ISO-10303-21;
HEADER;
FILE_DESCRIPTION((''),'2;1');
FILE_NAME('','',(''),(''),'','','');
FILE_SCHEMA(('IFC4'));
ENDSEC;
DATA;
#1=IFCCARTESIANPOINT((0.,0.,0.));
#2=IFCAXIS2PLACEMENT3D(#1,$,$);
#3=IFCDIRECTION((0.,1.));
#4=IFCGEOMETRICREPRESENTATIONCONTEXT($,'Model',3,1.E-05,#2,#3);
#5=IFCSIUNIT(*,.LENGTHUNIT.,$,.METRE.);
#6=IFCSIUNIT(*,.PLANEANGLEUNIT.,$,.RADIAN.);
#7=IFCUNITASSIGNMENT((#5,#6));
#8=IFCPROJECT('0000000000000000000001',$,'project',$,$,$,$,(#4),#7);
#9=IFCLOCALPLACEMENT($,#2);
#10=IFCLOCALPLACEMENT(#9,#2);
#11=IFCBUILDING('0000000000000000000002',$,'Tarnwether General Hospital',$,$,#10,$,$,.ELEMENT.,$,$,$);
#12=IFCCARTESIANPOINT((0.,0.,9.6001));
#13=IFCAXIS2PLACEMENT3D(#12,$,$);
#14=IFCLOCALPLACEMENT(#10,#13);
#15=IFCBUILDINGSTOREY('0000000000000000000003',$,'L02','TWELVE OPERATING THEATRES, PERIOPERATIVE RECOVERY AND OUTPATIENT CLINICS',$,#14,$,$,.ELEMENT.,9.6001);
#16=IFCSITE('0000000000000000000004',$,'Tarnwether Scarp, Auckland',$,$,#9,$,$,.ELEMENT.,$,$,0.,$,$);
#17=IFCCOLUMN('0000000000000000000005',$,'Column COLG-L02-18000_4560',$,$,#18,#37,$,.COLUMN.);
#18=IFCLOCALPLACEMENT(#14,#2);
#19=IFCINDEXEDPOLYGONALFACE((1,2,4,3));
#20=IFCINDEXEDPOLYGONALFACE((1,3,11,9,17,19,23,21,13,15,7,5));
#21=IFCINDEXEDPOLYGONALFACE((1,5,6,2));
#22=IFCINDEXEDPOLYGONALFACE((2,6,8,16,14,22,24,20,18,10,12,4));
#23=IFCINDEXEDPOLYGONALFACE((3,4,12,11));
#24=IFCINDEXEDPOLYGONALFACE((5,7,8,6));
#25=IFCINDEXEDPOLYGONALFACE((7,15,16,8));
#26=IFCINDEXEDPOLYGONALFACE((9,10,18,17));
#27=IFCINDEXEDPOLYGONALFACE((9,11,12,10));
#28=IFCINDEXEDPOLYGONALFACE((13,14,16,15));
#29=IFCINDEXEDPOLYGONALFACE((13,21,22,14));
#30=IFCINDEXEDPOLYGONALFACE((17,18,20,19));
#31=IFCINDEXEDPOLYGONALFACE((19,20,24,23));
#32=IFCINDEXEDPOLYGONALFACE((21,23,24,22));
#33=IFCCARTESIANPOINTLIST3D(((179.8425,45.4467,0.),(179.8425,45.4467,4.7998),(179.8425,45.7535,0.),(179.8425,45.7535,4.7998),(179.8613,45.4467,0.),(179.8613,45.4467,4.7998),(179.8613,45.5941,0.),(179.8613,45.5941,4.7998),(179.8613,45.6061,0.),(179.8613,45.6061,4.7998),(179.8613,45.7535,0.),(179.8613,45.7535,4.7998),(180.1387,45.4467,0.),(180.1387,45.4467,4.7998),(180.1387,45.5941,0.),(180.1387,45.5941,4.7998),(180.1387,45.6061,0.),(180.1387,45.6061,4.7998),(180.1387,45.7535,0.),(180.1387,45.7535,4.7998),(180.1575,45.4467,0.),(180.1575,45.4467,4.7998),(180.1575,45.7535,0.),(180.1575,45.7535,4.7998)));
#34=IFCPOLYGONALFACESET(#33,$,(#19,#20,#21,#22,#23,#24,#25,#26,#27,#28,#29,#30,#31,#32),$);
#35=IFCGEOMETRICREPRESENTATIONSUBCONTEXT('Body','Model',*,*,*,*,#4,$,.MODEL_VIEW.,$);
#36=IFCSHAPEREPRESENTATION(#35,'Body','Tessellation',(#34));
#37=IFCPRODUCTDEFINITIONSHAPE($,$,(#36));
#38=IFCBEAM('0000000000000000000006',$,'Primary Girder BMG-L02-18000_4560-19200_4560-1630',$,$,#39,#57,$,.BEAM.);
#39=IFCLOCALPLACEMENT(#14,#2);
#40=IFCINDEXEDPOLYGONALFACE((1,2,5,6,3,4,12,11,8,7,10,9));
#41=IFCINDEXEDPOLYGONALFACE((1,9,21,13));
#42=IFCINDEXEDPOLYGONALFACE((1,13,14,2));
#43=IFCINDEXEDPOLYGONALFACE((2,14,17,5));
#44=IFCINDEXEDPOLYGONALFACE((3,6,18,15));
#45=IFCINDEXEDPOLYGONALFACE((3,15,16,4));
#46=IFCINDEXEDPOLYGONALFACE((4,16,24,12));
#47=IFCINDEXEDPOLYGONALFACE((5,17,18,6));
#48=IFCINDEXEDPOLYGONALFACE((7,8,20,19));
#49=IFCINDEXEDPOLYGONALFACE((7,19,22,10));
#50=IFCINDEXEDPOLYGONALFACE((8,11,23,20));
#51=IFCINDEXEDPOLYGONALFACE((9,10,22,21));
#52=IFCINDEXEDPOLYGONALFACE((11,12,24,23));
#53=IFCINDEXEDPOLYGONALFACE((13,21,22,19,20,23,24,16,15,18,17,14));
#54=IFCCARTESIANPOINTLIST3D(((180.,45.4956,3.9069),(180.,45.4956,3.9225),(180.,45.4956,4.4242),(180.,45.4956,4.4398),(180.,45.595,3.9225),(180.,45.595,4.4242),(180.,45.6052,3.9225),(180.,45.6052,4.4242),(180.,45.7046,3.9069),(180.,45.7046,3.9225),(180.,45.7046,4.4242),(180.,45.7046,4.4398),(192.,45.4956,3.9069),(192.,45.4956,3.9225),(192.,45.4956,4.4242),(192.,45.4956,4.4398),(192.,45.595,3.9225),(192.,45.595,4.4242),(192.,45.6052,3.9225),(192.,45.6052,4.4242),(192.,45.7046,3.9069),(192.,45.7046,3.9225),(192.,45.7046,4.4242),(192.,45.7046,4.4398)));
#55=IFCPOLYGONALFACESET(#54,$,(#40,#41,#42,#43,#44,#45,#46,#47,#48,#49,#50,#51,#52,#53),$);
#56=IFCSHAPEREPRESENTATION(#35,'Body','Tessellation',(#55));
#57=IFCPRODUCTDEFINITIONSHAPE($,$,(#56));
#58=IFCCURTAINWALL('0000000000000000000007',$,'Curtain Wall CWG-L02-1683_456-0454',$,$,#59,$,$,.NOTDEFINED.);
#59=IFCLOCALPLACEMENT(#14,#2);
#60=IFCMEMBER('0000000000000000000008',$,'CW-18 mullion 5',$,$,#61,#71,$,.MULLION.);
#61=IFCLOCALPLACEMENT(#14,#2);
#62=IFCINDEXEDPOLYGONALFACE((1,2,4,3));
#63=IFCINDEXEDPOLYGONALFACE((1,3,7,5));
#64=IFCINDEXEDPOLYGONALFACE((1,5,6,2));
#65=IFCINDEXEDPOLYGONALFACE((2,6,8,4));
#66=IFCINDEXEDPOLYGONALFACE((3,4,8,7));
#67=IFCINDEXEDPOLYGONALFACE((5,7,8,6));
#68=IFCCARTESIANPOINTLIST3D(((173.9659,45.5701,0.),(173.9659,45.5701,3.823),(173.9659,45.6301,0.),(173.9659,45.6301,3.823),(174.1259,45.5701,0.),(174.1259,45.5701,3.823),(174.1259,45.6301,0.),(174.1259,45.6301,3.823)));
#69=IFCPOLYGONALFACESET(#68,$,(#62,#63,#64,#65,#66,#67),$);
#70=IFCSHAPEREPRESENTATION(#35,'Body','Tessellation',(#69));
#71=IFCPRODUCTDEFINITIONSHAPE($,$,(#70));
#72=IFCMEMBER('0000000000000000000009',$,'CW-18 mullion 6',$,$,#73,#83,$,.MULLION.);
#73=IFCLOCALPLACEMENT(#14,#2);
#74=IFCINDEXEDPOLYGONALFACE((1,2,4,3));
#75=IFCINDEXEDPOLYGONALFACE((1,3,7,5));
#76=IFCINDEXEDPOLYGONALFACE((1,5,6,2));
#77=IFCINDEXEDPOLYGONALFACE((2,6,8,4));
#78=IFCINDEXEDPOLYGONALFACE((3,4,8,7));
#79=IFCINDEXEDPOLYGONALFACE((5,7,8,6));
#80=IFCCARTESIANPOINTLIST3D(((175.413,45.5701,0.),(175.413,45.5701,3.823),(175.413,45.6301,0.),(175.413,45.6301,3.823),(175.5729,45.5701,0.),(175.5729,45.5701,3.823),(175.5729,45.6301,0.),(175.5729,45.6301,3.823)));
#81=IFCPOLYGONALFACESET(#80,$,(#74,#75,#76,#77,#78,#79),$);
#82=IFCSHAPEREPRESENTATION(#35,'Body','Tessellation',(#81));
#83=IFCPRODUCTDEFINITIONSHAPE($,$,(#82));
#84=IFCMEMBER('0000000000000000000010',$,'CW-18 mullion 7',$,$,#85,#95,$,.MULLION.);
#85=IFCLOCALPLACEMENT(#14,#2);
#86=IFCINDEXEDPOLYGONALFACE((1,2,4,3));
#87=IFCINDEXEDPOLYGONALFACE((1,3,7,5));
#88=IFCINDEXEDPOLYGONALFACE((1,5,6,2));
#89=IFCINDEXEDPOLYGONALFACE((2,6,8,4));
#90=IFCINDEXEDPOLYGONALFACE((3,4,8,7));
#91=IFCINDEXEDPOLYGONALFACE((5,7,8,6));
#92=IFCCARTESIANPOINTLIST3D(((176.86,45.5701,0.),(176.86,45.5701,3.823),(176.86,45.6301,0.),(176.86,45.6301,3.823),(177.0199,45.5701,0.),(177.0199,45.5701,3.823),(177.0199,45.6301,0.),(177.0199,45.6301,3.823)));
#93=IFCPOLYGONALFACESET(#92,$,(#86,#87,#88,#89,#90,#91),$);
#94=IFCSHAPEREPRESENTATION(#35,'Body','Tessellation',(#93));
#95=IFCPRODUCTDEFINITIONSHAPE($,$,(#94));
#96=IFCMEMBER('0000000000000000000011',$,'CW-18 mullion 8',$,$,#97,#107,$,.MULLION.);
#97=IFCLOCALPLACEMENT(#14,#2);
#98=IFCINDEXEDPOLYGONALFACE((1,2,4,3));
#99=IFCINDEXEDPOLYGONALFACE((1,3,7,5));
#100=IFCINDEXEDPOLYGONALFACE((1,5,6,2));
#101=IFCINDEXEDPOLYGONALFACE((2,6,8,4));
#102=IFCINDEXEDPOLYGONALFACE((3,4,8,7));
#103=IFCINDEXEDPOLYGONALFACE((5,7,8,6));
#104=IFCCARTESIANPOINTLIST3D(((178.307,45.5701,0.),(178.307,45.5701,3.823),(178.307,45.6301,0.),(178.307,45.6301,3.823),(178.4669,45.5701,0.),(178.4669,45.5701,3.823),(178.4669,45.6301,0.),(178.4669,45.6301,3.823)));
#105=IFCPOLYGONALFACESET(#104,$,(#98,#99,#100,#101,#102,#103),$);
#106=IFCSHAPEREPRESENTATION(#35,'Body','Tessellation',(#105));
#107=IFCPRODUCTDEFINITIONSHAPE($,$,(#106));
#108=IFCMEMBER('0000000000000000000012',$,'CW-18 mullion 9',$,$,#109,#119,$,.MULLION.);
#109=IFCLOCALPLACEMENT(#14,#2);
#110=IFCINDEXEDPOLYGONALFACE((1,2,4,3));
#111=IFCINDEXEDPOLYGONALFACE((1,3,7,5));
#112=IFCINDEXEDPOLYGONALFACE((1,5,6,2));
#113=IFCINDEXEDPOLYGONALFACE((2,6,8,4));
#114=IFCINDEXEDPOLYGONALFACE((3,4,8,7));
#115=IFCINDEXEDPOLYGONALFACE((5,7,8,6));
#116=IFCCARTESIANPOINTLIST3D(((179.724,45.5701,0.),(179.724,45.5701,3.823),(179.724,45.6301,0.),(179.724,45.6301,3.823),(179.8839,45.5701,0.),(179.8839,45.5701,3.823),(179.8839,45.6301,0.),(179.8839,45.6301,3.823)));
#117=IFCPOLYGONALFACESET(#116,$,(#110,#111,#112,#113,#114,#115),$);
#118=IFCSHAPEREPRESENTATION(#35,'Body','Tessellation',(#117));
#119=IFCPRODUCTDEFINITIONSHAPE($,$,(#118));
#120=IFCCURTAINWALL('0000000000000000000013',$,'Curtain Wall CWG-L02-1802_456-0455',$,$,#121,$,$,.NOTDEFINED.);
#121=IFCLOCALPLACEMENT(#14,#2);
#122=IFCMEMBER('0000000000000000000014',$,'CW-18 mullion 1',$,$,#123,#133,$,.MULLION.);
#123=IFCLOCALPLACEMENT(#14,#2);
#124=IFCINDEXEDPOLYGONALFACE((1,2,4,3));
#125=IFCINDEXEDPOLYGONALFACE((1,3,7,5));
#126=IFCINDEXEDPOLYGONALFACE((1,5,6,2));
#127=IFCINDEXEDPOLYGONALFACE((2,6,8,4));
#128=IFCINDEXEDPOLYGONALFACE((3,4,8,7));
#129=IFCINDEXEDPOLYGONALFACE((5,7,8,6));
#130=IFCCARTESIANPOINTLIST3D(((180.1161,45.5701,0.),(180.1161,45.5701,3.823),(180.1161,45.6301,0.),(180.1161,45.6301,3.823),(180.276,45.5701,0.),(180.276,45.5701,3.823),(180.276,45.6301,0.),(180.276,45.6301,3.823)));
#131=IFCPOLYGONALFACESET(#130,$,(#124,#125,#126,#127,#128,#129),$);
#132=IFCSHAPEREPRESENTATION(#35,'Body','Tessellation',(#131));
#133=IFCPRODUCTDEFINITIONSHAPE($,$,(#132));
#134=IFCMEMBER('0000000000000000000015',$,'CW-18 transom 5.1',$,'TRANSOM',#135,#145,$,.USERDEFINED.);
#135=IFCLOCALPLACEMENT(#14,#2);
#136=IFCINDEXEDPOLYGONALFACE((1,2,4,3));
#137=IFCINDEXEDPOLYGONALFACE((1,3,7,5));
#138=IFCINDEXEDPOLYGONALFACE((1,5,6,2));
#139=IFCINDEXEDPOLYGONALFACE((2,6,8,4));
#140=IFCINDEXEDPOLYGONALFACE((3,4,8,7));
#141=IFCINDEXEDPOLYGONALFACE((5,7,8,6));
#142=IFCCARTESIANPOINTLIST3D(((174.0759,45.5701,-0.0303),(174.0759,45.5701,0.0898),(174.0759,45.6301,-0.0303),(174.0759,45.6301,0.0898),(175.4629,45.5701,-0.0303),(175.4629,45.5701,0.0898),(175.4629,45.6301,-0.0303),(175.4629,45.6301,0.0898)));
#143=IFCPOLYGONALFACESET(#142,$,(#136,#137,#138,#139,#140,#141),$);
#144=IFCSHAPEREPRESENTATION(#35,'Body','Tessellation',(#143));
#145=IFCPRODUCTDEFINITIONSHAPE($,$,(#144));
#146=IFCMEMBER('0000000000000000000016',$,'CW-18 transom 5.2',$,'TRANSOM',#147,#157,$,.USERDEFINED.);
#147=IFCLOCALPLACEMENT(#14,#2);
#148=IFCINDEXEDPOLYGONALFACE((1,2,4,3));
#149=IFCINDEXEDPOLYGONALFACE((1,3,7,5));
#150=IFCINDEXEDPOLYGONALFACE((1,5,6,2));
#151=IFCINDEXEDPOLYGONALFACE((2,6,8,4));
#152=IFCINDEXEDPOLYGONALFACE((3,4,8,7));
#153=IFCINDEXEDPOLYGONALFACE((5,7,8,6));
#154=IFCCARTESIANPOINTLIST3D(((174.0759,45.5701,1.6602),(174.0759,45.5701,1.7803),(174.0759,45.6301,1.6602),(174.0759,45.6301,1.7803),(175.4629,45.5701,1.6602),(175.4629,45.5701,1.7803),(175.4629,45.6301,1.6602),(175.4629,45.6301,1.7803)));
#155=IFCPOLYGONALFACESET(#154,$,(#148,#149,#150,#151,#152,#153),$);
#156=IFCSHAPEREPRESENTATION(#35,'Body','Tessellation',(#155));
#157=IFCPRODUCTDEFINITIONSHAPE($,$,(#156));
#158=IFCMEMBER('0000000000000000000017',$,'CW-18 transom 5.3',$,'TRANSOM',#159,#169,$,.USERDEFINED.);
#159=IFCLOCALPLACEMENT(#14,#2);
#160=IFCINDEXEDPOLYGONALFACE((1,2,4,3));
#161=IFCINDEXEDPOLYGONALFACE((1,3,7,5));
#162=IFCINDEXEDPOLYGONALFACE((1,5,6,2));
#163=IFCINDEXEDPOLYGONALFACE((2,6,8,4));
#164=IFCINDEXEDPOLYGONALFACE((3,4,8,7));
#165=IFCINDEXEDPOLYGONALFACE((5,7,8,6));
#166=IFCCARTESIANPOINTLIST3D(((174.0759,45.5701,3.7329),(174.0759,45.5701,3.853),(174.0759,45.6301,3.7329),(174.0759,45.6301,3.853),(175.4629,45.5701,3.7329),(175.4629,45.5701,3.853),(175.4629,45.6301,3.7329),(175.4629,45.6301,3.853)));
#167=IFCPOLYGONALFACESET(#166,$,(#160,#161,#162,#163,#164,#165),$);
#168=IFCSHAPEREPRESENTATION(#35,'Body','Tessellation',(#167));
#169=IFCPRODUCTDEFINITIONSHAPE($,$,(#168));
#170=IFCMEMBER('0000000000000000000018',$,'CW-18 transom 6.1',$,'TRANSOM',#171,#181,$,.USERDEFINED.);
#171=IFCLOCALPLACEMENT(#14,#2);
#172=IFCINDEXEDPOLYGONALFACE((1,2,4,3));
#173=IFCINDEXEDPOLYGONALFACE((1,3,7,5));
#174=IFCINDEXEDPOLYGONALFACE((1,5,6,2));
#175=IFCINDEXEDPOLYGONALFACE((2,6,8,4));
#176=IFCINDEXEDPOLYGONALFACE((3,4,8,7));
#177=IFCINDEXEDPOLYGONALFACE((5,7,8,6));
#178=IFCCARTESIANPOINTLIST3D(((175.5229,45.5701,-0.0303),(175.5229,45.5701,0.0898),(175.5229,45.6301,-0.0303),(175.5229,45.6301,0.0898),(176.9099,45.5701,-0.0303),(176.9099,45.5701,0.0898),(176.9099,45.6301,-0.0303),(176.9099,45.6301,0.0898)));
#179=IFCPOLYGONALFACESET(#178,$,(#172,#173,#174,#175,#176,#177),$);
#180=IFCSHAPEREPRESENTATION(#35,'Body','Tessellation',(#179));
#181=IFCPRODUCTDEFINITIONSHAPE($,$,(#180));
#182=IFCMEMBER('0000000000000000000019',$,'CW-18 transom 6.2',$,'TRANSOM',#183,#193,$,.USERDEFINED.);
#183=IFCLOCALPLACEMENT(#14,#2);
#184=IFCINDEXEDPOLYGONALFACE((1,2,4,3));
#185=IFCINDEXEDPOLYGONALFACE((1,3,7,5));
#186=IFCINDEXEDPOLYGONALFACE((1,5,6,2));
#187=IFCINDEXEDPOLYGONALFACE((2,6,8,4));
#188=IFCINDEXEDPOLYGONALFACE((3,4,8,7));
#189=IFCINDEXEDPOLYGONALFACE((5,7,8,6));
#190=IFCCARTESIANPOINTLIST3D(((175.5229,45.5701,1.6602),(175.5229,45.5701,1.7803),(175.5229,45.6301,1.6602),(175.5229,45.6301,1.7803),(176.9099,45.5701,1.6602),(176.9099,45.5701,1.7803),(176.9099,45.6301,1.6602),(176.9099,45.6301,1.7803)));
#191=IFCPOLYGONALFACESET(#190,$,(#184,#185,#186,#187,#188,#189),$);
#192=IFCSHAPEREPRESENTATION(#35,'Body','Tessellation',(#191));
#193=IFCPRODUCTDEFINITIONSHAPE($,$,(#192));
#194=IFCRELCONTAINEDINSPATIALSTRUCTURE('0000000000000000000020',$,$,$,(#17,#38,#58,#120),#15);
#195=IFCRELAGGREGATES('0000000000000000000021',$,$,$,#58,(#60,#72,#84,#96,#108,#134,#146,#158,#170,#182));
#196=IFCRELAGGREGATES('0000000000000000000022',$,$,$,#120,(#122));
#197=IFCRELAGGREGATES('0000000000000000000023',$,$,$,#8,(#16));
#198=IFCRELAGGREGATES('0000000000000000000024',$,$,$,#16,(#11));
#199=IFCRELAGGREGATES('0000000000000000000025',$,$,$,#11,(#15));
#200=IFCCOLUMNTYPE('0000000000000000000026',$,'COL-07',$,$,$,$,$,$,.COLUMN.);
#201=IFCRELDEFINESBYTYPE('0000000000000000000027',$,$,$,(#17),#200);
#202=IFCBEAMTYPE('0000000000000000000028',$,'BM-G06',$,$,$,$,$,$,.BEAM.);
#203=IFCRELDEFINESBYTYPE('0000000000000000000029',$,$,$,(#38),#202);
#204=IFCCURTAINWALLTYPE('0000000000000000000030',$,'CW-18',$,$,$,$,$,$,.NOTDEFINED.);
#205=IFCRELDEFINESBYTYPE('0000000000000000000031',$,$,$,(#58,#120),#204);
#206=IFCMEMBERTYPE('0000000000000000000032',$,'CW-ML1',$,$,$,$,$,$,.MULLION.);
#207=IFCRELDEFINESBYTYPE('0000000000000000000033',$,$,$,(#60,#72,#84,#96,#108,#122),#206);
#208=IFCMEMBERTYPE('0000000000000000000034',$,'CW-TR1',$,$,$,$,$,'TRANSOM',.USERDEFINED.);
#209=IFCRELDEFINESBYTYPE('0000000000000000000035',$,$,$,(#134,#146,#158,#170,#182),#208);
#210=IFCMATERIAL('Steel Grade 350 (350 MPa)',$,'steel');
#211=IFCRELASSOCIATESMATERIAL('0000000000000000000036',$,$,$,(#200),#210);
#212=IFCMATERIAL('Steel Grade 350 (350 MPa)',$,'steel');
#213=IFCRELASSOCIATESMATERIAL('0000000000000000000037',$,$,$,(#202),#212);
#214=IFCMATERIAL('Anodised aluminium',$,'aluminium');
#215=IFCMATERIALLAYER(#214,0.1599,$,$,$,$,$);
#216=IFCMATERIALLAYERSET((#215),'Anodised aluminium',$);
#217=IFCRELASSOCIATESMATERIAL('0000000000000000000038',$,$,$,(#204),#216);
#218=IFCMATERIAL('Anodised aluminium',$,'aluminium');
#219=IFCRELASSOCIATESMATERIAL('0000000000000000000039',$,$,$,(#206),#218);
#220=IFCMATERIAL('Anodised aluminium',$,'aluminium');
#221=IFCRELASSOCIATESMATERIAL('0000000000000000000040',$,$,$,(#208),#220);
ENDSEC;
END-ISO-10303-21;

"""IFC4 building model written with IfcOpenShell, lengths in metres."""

from ifc_helpers import new_model, si_unit, direction, frame, origin, origin_2d, place, context, subcontext, project, spatial, rectangle, i_section, extrude, material, layer, layer_set, material_profile, profile_set, type_object, element, aggregate, save


model = new_model("IFC4")

# Units and contexts
model_context = context("Model", 3, precision=1e-05, world=origin(), true_north=direction((0.0, 1.0)))
body_context = subcontext(model_context, "Body", "Model", "MODEL_VIEW")
ifc_project = project(units=[si_unit("LENGTHUNIT", "METRE"), si_unit("PLANEANGLEUNIT", "RADIAN")], contexts=[model_context])

# Site, building, storey
site_placement = place(None, origin())
site = spatial("IfcSite", under=ifc_project, at=site_placement, Name="Tarnwether Scarp, Auckland", CompositionType="ELEMENT", RefElevation=0.0)
building_placement = place(site_placement, origin())
building = spatial("IfcBuilding", under=site, at=building_placement, Name="Tarnwether General Hospital", CompositionType="ELEMENT")
storey_placement = place(building_placement, frame((0.0, 0.0, 9.6001)))
storey = spatial("IfcBuildingStorey", under=building, at=storey_placement, Name="L02", Description="TWELVE OPERATING THEATRES, PERIOPERATIVE RECOVERY AND OUTPATIENT CLINICS", CompositionType="ELEMENT", Elevation=9.6001)

# Column
ifc_material_1 = material(Name="Steel Grade 350 (350 MPa)", Category="steel")
ifc_material_profile_1 = material_profile(ifc_material_1, i_section(OverallWidth=0.3069, OverallDepth=0.3149, WebThickness=0.012, FlangeThickness=0.0188, at=origin_2d()), Name="310UC118")
ifc_profile_set_1 = profile_set([ifc_material_profile_1], Name="Steel Grade 350 (350 MPa)")
column_type = type_object("IfcColumnType", Name="COL-07", PredefinedType="COLUMN", material=ifc_profile_set_1)
column_placement = place(storey_placement, frame((180.0, 45.6001, 0.0), z_axis=(0.0, 0.0, 1.0), x_axis=(0.0, 1.0, 0.0)))
element("IfcColumn", 1, at=column_placement, inside=storey, type_object=column_type, Name="Column COLG-L02-18000_4560", PredefinedType="COLUMN", context=body_context, shape_type="SweptSolid", body=[
    extrude(i_section(OverallWidth=0.3069, OverallDepth=0.3149, WebThickness=0.012, FlangeThickness=0.0188, at=origin_2d()), origin(), (0.0, 0.0, 1.0), 4.7998),
])

# Beam
ifc_material_2 = material(Name="Steel Grade 350 (350 MPa)", Category="steel")
ifc_material_profile_2 = material_profile(ifc_material_2, i_section(OverallWidth=0.209, OverallDepth=0.533, WebThickness=0.0103, FlangeThickness=0.0156, at=origin_2d()), Name="530UB92.4")
ifc_profile_set_2 = profile_set([ifc_material_profile_2], Name="Steel Grade 350 (350 MPa)")
beam_type = type_object("IfcBeamType", Name="BM-G06", PredefinedType="BEAM", material=ifc_profile_set_2)
beam_placement = place(storey_placement, frame((180.0, 45.6001, 4.1733), z_axis=(1.0, 0.0, 0.0), x_axis=(0.0, 1.0, 0.0)))
element("IfcBeam", 2, at=beam_placement, inside=storey, type_object=beam_type, Name="Primary Girder BMG-L02-18000_4560-19200_4560-1630", PredefinedType="BEAM", context=body_context, shape_type="SweptSolid", body=[
    extrude(i_section(OverallWidth=0.209, OverallDepth=0.533, WebThickness=0.0103, FlangeThickness=0.0156, at=origin_2d()), origin(), (0.0, 0.0, 1.0), 12.0),
])

# Curtain wall, members
ifc_material_3 = material(Name="Anodised aluminium", Category="aluminium")
ifc_layer_1 = layer(ifc_material_3, 0.1599)
ifc_layer_set_1 = layer_set([ifc_layer_1], Name="Anodised aluminium")
curtain_wall_type = type_object("IfcCurtainWallType", Name="CW-18", PredefinedType="NOTDEFINED", material=ifc_layer_set_1)
curtain_wall_1_placement = place(storey_placement, origin())
curtain_wall_1 = element("IfcCurtainWall", 3, at=curtain_wall_1_placement, inside=storey, type_object=curtain_wall_type, Name="Curtain Wall CWG-L02-1683_456-0454", PredefinedType="NOTDEFINED")
ifc_material_4 = material(Name="Anodised aluminium", Category="aluminium")
ifc_material_profile_3 = material_profile(ifc_material_4, rectangle(XDim=0.0601, YDim=0.1599, at=origin_2d()), Name="ALU-MUL-60x160")
ifc_profile_set_3 = profile_set([ifc_material_profile_3], Name="Anodised aluminium")
member_type_1 = type_object("IfcMemberType", Name="CW-ML1", PredefinedType="MULLION", material=ifc_profile_set_3)
member_1_placement = place(storey_placement, frame((174.0459, 45.6001, 0.0), z_axis=(0.0, 0.0, 1.0), x_axis=(0.0, 1.0, 0.0)))
member_1 = element("IfcMember", 4, at=member_1_placement, type_object=member_type_1, Name="CW-18 mullion 5", PredefinedType="MULLION", context=body_context, shape_type="SweptSolid", body=[
    extrude(rectangle(XDim=0.0601, YDim=0.1599, at=origin_2d()), origin(), (0.0, 0.0, 1.0), 3.823),
])
member_2_placement = place(storey_placement, frame((175.4929, 45.6001, 0.0), z_axis=(0.0, 0.0, 1.0), x_axis=(0.0, 1.0, 0.0)))
member_2 = element("IfcMember", 5, at=member_2_placement, type_object=member_type_1, Name="CW-18 mullion 6", PredefinedType="MULLION", context=body_context, shape_type="SweptSolid", body=[
    extrude(rectangle(XDim=0.0601, YDim=0.1599, at=origin_2d()), origin(), (0.0, 0.0, 1.0), 3.823),
])
member_3_placement = place(storey_placement, frame((176.9399, 45.6001, 0.0), z_axis=(0.0, 0.0, 1.0), x_axis=(0.0, 1.0, 0.0)))
member_3 = element("IfcMember", 6, at=member_3_placement, type_object=member_type_1, Name="CW-18 mullion 7", PredefinedType="MULLION", context=body_context, shape_type="SweptSolid", body=[
    extrude(rectangle(XDim=0.0601, YDim=0.1599, at=origin_2d()), origin(), (0.0, 0.0, 1.0), 3.823),
])
member_4_placement = place(storey_placement, frame((178.387, 45.6001, 0.0), z_axis=(0.0, 0.0, 1.0), x_axis=(0.0, 1.0, 0.0)))
member_4 = element("IfcMember", 7, at=member_4_placement, type_object=member_type_1, Name="CW-18 mullion 8", PredefinedType="MULLION", context=body_context, shape_type="SweptSolid", body=[
    extrude(rectangle(XDim=0.0601, YDim=0.1599, at=origin_2d()), origin(), (0.0, 0.0, 1.0), 3.823),
])
member_5_placement = place(storey_placement, frame((179.804, 45.6001, 0.0), z_axis=(0.0, 0.0, 1.0), x_axis=(0.0, 1.0, 0.0)))
member_5 = element("IfcMember", 8, at=member_5_placement, type_object=member_type_1, Name="CW-18 mullion 9", PredefinedType="MULLION", context=body_context, shape_type="SweptSolid", body=[
    extrude(rectangle(XDim=0.0601, YDim=0.1599, at=origin_2d()), origin(), (0.0, 0.0, 1.0), 3.823),
])

# Curtain wall, member
curtain_wall_2_placement = place(storey_placement, origin())
curtain_wall_2 = element("IfcCurtainWall", 9, at=curtain_wall_2_placement, inside=storey, type_object=curtain_wall_type, Name="Curtain Wall CWG-L02-1802_456-0455", PredefinedType="NOTDEFINED")
member_6_placement = place(storey_placement, frame((180.196, 45.6001, 0.0), z_axis=(0.0, 0.0, 1.0), x_axis=(0.0, 1.0, 0.0)))
member_6 = element("IfcMember", 10, at=member_6_placement, type_object=member_type_1, Name="CW-18 mullion 1", PredefinedType="MULLION", context=body_context, shape_type="SweptSolid", body=[
    extrude(rectangle(XDim=0.0601, YDim=0.1599, at=origin_2d()), origin(), (0.0, 0.0, 1.0), 3.823),
])

# Members
ifc_material_5 = material(Name="Anodised aluminium", Category="aluminium")
ifc_material_profile_4 = material_profile(ifc_material_5, rectangle(XDim=0.0601, YDim=0.1201, at=origin_2d()), Name="ALU-TRN-60x120")
ifc_profile_set_4 = profile_set([ifc_material_profile_4], Name="Anodised aluminium")
member_type_2 = type_object("IfcMemberType", Name="CW-TR1", ElementType="TRANSOM", PredefinedType="USERDEFINED", material=ifc_profile_set_4)
member_7_placement = place(storey_placement, frame((174.0759, 45.6001, 0.0298), z_axis=(1.0, 0.0, 0.0), x_axis=(0.0, 1.0, 0.0)))
member_7 = element("IfcMember", 11, at=member_7_placement, type_object=member_type_2, Name="CW-18 transom 5.1", ObjectType="TRANSOM", PredefinedType="USERDEFINED", context=body_context, shape_type="SweptSolid", body=[
    extrude(rectangle(XDim=0.0601, YDim=0.1201, at=origin_2d()), origin(), (0.0, 0.0, 1.0), 1.387),
])
member_8_placement = place(storey_placement, frame((174.0759, 45.6001, 1.7202), z_axis=(1.0, 0.0, 0.0), x_axis=(0.0, 1.0, 0.0)))
member_8 = element("IfcMember", 12, at=member_8_placement, type_object=member_type_2, Name="CW-18 transom 5.2", ObjectType="TRANSOM", PredefinedType="USERDEFINED", context=body_context, shape_type="SweptSolid", body=[
    extrude(rectangle(XDim=0.0601, YDim=0.1201, at=origin_2d()), origin(), (0.0, 0.0, 1.0), 1.387),
])
member_9_placement = place(storey_placement, frame((174.0759, 45.6001, 3.793), z_axis=(1.0, 0.0, 0.0), x_axis=(0.0, 1.0, 0.0)))
member_9 = element("IfcMember", 13, at=member_9_placement, type_object=member_type_2, Name="CW-18 transom 5.3", ObjectType="TRANSOM", PredefinedType="USERDEFINED", context=body_context, shape_type="SweptSolid", body=[
    extrude(rectangle(XDim=0.0601, YDim=0.1201, at=origin_2d()), origin(), (0.0, 0.0, 1.0), 1.387),
])
member_10_placement = place(storey_placement, frame((175.5229, 45.6001, 0.0298), z_axis=(1.0, 0.0, 0.0), x_axis=(0.0, 1.0, 0.0)))
member_10 = element("IfcMember", 14, at=member_10_placement, type_object=member_type_2, Name="CW-18 transom 6.1", ObjectType="TRANSOM", PredefinedType="USERDEFINED", context=body_context, shape_type="SweptSolid", body=[
    extrude(rectangle(XDim=0.0601, YDim=0.1201, at=origin_2d()), origin(), (0.0, 0.0, 1.0), 1.387),
])
member_11_placement = place(storey_placement, frame((175.5229, 45.6001, 1.7202), z_axis=(1.0, 0.0, 0.0), x_axis=(0.0, 1.0, 0.0)))
member_11 = element("IfcMember", 15, at=member_11_placement, type_object=member_type_2, Name="CW-18 transom 6.2", ObjectType="TRANSOM", PredefinedType="USERDEFINED", context=body_context, shape_type="SweptSolid", body=[
    extrude(rectangle(XDim=0.0601, YDim=0.1201, at=origin_2d()), origin(), (0.0, 0.0, 1.0), 1.387),
])

aggregate(curtain_wall_1, [member_1, member_2, member_3, member_4, member_5, member_7, member_8, member_9, member_10, member_11])
aggregate(curtain_wall_2, [member_6])

save(model, "model.ifc")
